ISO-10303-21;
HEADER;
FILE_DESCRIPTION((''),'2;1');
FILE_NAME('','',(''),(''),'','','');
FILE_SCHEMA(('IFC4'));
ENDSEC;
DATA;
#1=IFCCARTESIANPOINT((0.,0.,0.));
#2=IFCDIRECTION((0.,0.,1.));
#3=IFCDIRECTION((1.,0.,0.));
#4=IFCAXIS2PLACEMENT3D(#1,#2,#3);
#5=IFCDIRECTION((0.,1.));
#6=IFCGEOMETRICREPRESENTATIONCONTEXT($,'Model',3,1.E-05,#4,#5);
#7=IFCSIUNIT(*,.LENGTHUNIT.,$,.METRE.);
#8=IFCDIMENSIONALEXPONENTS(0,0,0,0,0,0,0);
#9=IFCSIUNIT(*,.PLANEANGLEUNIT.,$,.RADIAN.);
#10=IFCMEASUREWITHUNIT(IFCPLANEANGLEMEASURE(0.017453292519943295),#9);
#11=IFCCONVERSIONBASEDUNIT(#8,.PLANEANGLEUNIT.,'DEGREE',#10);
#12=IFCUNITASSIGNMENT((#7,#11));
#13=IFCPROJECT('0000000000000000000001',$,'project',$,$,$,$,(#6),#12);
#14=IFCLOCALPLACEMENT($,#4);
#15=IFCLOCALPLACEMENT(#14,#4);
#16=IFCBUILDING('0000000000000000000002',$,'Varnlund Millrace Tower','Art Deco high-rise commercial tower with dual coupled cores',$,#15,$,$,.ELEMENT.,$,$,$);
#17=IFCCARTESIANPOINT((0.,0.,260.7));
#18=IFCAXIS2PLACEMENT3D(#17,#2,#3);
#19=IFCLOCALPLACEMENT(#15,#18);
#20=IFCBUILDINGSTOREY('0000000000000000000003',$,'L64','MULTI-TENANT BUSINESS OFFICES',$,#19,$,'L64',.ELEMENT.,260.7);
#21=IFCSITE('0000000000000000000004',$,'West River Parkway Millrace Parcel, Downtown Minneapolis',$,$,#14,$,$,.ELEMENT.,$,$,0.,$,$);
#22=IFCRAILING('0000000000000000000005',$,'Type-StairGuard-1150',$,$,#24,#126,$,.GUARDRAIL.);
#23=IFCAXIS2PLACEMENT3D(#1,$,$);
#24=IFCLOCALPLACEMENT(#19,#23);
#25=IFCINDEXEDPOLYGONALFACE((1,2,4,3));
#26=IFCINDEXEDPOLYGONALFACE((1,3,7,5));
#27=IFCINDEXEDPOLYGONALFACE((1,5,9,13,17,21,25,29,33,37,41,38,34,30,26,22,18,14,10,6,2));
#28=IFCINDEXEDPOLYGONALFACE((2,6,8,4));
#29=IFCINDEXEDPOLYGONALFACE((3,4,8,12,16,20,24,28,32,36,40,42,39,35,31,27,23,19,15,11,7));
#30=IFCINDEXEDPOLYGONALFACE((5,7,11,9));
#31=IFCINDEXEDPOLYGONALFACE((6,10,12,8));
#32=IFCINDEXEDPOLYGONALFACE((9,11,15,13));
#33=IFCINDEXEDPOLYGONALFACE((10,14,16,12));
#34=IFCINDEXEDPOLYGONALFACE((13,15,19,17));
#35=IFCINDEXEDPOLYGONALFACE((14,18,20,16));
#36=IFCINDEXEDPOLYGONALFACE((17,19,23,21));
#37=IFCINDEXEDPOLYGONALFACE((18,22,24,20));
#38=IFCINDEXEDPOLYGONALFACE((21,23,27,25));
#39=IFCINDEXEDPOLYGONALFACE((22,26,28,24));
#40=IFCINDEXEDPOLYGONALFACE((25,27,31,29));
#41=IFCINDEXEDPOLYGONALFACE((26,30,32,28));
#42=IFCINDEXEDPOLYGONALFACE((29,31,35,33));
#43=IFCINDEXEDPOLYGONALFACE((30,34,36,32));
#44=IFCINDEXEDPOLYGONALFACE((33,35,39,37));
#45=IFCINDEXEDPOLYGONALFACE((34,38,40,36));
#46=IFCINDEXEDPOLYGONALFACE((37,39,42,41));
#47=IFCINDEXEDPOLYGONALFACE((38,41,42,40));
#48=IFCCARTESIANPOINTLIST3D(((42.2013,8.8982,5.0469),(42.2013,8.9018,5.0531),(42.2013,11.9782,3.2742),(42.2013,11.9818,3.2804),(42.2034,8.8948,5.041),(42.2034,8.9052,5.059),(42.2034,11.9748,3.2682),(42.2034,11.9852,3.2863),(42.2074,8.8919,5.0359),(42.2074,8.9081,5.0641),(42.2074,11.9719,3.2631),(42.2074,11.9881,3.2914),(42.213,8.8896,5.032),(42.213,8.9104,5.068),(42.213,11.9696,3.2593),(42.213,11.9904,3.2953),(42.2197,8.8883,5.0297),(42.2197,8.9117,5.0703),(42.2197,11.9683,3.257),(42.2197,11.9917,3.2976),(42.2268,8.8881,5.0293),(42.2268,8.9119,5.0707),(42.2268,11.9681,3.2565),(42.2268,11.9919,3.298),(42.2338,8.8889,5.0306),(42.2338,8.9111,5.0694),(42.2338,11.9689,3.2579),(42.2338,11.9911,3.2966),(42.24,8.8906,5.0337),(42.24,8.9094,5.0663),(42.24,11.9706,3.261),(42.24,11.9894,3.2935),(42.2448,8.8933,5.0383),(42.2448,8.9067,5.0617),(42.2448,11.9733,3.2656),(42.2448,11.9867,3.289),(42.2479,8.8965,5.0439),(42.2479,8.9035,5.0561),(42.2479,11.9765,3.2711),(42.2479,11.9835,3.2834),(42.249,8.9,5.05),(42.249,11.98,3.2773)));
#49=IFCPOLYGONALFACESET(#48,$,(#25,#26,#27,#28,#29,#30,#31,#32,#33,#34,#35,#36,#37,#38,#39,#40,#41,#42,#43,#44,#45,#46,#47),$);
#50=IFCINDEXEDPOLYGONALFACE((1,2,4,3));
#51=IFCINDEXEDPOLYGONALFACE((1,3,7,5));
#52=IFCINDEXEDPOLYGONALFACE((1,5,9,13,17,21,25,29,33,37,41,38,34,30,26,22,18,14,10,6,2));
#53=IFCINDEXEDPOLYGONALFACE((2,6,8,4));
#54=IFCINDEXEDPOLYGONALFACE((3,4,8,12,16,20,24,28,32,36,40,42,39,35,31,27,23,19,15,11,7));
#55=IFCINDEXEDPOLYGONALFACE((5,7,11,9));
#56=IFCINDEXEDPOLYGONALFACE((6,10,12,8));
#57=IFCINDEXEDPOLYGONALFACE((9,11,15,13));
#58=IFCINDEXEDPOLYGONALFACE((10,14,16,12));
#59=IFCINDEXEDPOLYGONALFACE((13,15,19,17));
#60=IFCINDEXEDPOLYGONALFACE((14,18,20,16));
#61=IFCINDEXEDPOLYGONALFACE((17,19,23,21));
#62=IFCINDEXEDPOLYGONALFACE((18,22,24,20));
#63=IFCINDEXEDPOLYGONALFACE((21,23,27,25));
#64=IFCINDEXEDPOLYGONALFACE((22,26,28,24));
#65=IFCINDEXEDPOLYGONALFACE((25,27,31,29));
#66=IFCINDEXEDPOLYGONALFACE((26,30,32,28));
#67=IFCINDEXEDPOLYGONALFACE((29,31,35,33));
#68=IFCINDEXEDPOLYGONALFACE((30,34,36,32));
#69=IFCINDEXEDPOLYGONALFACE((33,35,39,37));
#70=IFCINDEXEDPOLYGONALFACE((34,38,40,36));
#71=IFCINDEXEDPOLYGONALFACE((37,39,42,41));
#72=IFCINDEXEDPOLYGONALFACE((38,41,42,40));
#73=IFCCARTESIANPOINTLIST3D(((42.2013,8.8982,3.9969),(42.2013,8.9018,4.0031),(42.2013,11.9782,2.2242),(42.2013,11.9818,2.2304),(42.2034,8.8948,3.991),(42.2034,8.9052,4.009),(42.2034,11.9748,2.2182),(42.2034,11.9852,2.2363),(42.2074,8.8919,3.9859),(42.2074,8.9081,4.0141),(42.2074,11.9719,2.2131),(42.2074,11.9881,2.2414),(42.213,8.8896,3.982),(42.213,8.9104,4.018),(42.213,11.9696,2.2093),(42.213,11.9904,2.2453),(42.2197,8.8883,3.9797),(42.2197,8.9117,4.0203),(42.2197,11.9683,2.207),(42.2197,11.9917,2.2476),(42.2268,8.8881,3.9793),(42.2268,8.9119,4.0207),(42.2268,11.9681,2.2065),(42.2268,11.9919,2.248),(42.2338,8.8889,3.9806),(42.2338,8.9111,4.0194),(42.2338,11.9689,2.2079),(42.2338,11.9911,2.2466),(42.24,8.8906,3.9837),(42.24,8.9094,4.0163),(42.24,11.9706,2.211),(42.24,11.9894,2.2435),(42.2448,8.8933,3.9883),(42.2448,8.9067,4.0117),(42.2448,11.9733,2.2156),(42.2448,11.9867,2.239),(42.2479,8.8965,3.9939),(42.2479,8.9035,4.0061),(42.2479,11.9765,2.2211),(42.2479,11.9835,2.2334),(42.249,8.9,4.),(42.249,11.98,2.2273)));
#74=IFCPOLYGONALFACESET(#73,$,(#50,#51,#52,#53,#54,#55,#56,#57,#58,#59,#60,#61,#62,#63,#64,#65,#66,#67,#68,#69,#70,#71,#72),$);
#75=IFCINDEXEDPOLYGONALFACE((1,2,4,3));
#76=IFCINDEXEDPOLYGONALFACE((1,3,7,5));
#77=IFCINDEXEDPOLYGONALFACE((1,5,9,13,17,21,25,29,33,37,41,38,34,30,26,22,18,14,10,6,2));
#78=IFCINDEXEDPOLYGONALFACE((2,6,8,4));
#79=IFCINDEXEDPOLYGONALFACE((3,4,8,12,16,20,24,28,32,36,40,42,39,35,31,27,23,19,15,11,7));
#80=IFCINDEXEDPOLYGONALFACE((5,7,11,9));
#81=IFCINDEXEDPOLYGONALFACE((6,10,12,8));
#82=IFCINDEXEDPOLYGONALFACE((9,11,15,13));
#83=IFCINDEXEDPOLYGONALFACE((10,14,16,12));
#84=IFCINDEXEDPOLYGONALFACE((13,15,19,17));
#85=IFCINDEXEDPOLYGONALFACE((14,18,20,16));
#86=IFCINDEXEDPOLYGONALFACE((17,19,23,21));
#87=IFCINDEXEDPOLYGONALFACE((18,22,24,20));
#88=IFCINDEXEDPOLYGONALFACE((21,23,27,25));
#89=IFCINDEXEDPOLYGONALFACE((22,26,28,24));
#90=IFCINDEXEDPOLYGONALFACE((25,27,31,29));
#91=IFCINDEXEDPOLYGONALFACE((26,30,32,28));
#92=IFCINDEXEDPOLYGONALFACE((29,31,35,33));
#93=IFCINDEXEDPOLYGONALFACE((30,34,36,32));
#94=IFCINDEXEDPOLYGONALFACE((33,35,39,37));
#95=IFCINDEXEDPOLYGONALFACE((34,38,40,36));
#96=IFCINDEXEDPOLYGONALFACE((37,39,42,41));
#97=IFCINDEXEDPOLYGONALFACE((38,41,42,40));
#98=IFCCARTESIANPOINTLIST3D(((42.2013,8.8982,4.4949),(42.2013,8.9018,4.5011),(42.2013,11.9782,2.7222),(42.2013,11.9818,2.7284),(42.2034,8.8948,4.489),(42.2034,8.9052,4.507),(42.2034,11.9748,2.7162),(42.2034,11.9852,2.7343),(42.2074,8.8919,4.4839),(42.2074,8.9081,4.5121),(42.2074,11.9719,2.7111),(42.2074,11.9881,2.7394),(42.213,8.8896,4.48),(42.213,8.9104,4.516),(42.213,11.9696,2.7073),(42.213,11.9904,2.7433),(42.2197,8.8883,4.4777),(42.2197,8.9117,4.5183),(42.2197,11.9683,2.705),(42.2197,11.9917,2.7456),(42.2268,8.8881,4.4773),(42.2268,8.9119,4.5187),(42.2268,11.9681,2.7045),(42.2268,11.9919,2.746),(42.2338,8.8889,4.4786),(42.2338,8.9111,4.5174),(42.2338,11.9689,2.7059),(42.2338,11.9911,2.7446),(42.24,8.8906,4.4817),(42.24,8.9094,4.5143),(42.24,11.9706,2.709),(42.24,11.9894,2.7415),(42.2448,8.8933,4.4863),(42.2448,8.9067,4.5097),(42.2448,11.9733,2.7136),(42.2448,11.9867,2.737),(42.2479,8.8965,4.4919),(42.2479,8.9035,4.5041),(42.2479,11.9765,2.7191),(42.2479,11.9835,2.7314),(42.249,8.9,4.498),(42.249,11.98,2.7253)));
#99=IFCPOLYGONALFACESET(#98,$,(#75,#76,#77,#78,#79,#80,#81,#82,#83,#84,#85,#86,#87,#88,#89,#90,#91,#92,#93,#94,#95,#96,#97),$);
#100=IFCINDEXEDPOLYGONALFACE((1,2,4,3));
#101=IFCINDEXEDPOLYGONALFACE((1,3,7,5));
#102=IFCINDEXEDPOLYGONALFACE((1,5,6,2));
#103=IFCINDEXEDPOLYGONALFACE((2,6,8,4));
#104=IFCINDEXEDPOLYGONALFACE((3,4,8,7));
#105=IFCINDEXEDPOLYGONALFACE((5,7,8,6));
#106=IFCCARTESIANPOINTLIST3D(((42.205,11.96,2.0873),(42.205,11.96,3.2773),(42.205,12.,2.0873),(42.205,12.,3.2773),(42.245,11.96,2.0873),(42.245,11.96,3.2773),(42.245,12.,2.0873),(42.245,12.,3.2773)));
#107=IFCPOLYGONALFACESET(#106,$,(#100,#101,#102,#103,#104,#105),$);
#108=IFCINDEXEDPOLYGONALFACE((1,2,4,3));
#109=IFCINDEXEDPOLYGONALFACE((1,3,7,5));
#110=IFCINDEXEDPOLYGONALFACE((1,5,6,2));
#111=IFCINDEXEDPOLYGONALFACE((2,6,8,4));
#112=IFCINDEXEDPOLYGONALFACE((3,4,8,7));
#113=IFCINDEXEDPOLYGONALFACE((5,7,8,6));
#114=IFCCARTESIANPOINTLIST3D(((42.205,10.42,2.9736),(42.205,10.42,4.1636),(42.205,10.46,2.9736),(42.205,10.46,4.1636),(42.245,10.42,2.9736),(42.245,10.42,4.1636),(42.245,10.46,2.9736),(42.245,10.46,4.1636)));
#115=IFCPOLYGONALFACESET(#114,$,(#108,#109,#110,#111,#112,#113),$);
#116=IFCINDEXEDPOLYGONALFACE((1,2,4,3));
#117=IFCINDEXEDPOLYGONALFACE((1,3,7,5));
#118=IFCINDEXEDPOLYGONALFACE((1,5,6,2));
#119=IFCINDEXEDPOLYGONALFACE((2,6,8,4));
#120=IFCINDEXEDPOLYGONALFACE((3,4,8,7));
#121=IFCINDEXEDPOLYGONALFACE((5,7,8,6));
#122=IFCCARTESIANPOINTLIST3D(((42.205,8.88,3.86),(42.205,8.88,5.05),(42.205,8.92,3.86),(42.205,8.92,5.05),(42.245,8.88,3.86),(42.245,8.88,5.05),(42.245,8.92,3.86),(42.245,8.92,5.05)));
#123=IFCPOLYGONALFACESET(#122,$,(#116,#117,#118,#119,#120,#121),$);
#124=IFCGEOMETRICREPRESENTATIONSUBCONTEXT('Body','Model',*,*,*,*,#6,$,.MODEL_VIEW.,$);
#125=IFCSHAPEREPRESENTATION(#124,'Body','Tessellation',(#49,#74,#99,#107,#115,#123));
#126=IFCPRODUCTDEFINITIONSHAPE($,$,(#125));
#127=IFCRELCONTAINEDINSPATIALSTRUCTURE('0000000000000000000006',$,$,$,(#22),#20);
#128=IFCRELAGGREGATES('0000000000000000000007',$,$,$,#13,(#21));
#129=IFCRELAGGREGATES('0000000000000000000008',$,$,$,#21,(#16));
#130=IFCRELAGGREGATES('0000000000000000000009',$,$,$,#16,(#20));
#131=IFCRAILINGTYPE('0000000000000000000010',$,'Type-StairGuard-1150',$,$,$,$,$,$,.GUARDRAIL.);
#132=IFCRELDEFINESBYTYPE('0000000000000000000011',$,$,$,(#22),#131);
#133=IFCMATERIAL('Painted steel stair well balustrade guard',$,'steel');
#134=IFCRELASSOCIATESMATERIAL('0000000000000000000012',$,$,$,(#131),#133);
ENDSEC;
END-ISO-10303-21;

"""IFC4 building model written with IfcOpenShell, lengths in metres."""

from ifc_helpers import new_model, entity, si_unit, converted_unit, direction, frame, origin_with_axes, origin_2d_with_axis, place, context, subcontext, project, spatial, rectangle, circle, extrude, material, type_object, element, save


model = new_model("IFC4")

# Units and contexts
model_context = context("Model", 3, precision=1e-05, world=origin_with_axes(), true_north=direction((0.0, 1.0)))
body_context = subcontext(model_context, "Body", "Model", "MODEL_VIEW")
ifc_project = project(units=[si_unit("LENGTHUNIT", "METRE"), converted_unit("PLANEANGLEUNIT", "DEGREE", entity("IfcPlaneAngleMeasure", 0.017453292519943295), si_unit("PLANEANGLEUNIT", "RADIAN"), dimensions=[0, 0, 0, 0, 0, 0, 0])], contexts=[model_context])

# Site, building, storey
site_placement = place(None, origin_with_axes())
site = spatial("IfcSite", under=ifc_project, at=site_placement, Name="West River Parkway Millrace Parcel, Downtown Minneapolis", CompositionType="ELEMENT", RefElevation=0.0)
building_placement = place(site_placement, origin_with_axes())
building = spatial("IfcBuilding", under=site, at=building_placement, Name="Varnlund Millrace Tower", Description="Art Deco high-rise commercial tower with dual coupled cores", CompositionType="ELEMENT")
storey_placement = place(building_placement, frame((0.0, 0.0, 260.7), z_axis=(0.0, 0.0, 1.0), x_axis=(1.0, 0.0, 0.0)))
storey = spatial("IfcBuildingStorey", under=building, at=storey_placement, Name="L64", Description="MULTI-TENANT BUSINESS OFFICES", LongName="L64", CompositionType="ELEMENT", Elevation=260.7)

# Railing
ifc_material_1 = material(Name="Painted steel stair well balustrade guard", Category="steel")
railing_type_1 = type_object("IfcRailingType", Name="Type-StairGuard-1150", PredefinedType="GUARDRAIL", material=ifc_material_1)
railing_1_placement = place(storey_placement, frame((0.0, 0.0, -260.7), z_axis=(0.0, 0.0, 1.0), x_axis=(1.0, 0.0, 0.0)))
element("IfcRailing", 1, at=railing_1_placement, inside=storey, type_object=railing_type_1, Name="Type-StairGuard-1150", PredefinedType="GUARDRAIL", context=body_context, shape_type="SweptSolid", body=[
    extrude(circle(Radius=0.024, at=origin_2d_with_axis()), frame((42.225, 11.98, 263.9773), z_axis=(0.0, -0.866696, 0.498836), x_axis=(1.0, 0.0, 0.0)), (0.0, 0.0, 1.0), 3.5537),
    extrude(circle(Radius=0.024, at=origin_2d_with_axis()), frame((42.225, 11.98, 262.9273), z_axis=(0.0, -0.866696, 0.498836), x_axis=(1.0, 0.0, 0.0)), (0.0, 0.0, 1.0), 3.5537),
    extrude(circle(Radius=0.024, at=origin_2d_with_axis()), frame((42.225, 11.98, 263.4253), z_axis=(0.0, -0.866696, 0.498836), x_axis=(1.0, 0.0, 0.0)), (0.0, 0.0, 1.0), 3.5537),
    extrude(rectangle(XDim=0.04, YDim=0.04, at=origin_2d_with_axis()), frame((42.225, 11.98, 262.7873), z_axis=(0.0, 0.0, 1.0), x_axis=(1.0, 0.0, 0.0)), (0.0, 0.0, 1.0), 1.19),
    extrude(rectangle(XDim=0.04, YDim=0.04, at=origin_2d_with_axis()), frame((42.225, 10.44, 263.6736), z_axis=(0.0, 0.0, 1.0), x_axis=(1.0, 0.0, 0.0)), (0.0, 0.0, 1.0), 1.19),
    extrude(rectangle(XDim=0.04, YDim=0.04, at=origin_2d_with_axis()), frame((42.225, 8.9, 264.56), z_axis=(0.0, 0.0, 1.0), x_axis=(1.0, 0.0, 0.0)), (0.0, 0.0, 1.0), 1.19),
])

save(model, "model.ifc")
